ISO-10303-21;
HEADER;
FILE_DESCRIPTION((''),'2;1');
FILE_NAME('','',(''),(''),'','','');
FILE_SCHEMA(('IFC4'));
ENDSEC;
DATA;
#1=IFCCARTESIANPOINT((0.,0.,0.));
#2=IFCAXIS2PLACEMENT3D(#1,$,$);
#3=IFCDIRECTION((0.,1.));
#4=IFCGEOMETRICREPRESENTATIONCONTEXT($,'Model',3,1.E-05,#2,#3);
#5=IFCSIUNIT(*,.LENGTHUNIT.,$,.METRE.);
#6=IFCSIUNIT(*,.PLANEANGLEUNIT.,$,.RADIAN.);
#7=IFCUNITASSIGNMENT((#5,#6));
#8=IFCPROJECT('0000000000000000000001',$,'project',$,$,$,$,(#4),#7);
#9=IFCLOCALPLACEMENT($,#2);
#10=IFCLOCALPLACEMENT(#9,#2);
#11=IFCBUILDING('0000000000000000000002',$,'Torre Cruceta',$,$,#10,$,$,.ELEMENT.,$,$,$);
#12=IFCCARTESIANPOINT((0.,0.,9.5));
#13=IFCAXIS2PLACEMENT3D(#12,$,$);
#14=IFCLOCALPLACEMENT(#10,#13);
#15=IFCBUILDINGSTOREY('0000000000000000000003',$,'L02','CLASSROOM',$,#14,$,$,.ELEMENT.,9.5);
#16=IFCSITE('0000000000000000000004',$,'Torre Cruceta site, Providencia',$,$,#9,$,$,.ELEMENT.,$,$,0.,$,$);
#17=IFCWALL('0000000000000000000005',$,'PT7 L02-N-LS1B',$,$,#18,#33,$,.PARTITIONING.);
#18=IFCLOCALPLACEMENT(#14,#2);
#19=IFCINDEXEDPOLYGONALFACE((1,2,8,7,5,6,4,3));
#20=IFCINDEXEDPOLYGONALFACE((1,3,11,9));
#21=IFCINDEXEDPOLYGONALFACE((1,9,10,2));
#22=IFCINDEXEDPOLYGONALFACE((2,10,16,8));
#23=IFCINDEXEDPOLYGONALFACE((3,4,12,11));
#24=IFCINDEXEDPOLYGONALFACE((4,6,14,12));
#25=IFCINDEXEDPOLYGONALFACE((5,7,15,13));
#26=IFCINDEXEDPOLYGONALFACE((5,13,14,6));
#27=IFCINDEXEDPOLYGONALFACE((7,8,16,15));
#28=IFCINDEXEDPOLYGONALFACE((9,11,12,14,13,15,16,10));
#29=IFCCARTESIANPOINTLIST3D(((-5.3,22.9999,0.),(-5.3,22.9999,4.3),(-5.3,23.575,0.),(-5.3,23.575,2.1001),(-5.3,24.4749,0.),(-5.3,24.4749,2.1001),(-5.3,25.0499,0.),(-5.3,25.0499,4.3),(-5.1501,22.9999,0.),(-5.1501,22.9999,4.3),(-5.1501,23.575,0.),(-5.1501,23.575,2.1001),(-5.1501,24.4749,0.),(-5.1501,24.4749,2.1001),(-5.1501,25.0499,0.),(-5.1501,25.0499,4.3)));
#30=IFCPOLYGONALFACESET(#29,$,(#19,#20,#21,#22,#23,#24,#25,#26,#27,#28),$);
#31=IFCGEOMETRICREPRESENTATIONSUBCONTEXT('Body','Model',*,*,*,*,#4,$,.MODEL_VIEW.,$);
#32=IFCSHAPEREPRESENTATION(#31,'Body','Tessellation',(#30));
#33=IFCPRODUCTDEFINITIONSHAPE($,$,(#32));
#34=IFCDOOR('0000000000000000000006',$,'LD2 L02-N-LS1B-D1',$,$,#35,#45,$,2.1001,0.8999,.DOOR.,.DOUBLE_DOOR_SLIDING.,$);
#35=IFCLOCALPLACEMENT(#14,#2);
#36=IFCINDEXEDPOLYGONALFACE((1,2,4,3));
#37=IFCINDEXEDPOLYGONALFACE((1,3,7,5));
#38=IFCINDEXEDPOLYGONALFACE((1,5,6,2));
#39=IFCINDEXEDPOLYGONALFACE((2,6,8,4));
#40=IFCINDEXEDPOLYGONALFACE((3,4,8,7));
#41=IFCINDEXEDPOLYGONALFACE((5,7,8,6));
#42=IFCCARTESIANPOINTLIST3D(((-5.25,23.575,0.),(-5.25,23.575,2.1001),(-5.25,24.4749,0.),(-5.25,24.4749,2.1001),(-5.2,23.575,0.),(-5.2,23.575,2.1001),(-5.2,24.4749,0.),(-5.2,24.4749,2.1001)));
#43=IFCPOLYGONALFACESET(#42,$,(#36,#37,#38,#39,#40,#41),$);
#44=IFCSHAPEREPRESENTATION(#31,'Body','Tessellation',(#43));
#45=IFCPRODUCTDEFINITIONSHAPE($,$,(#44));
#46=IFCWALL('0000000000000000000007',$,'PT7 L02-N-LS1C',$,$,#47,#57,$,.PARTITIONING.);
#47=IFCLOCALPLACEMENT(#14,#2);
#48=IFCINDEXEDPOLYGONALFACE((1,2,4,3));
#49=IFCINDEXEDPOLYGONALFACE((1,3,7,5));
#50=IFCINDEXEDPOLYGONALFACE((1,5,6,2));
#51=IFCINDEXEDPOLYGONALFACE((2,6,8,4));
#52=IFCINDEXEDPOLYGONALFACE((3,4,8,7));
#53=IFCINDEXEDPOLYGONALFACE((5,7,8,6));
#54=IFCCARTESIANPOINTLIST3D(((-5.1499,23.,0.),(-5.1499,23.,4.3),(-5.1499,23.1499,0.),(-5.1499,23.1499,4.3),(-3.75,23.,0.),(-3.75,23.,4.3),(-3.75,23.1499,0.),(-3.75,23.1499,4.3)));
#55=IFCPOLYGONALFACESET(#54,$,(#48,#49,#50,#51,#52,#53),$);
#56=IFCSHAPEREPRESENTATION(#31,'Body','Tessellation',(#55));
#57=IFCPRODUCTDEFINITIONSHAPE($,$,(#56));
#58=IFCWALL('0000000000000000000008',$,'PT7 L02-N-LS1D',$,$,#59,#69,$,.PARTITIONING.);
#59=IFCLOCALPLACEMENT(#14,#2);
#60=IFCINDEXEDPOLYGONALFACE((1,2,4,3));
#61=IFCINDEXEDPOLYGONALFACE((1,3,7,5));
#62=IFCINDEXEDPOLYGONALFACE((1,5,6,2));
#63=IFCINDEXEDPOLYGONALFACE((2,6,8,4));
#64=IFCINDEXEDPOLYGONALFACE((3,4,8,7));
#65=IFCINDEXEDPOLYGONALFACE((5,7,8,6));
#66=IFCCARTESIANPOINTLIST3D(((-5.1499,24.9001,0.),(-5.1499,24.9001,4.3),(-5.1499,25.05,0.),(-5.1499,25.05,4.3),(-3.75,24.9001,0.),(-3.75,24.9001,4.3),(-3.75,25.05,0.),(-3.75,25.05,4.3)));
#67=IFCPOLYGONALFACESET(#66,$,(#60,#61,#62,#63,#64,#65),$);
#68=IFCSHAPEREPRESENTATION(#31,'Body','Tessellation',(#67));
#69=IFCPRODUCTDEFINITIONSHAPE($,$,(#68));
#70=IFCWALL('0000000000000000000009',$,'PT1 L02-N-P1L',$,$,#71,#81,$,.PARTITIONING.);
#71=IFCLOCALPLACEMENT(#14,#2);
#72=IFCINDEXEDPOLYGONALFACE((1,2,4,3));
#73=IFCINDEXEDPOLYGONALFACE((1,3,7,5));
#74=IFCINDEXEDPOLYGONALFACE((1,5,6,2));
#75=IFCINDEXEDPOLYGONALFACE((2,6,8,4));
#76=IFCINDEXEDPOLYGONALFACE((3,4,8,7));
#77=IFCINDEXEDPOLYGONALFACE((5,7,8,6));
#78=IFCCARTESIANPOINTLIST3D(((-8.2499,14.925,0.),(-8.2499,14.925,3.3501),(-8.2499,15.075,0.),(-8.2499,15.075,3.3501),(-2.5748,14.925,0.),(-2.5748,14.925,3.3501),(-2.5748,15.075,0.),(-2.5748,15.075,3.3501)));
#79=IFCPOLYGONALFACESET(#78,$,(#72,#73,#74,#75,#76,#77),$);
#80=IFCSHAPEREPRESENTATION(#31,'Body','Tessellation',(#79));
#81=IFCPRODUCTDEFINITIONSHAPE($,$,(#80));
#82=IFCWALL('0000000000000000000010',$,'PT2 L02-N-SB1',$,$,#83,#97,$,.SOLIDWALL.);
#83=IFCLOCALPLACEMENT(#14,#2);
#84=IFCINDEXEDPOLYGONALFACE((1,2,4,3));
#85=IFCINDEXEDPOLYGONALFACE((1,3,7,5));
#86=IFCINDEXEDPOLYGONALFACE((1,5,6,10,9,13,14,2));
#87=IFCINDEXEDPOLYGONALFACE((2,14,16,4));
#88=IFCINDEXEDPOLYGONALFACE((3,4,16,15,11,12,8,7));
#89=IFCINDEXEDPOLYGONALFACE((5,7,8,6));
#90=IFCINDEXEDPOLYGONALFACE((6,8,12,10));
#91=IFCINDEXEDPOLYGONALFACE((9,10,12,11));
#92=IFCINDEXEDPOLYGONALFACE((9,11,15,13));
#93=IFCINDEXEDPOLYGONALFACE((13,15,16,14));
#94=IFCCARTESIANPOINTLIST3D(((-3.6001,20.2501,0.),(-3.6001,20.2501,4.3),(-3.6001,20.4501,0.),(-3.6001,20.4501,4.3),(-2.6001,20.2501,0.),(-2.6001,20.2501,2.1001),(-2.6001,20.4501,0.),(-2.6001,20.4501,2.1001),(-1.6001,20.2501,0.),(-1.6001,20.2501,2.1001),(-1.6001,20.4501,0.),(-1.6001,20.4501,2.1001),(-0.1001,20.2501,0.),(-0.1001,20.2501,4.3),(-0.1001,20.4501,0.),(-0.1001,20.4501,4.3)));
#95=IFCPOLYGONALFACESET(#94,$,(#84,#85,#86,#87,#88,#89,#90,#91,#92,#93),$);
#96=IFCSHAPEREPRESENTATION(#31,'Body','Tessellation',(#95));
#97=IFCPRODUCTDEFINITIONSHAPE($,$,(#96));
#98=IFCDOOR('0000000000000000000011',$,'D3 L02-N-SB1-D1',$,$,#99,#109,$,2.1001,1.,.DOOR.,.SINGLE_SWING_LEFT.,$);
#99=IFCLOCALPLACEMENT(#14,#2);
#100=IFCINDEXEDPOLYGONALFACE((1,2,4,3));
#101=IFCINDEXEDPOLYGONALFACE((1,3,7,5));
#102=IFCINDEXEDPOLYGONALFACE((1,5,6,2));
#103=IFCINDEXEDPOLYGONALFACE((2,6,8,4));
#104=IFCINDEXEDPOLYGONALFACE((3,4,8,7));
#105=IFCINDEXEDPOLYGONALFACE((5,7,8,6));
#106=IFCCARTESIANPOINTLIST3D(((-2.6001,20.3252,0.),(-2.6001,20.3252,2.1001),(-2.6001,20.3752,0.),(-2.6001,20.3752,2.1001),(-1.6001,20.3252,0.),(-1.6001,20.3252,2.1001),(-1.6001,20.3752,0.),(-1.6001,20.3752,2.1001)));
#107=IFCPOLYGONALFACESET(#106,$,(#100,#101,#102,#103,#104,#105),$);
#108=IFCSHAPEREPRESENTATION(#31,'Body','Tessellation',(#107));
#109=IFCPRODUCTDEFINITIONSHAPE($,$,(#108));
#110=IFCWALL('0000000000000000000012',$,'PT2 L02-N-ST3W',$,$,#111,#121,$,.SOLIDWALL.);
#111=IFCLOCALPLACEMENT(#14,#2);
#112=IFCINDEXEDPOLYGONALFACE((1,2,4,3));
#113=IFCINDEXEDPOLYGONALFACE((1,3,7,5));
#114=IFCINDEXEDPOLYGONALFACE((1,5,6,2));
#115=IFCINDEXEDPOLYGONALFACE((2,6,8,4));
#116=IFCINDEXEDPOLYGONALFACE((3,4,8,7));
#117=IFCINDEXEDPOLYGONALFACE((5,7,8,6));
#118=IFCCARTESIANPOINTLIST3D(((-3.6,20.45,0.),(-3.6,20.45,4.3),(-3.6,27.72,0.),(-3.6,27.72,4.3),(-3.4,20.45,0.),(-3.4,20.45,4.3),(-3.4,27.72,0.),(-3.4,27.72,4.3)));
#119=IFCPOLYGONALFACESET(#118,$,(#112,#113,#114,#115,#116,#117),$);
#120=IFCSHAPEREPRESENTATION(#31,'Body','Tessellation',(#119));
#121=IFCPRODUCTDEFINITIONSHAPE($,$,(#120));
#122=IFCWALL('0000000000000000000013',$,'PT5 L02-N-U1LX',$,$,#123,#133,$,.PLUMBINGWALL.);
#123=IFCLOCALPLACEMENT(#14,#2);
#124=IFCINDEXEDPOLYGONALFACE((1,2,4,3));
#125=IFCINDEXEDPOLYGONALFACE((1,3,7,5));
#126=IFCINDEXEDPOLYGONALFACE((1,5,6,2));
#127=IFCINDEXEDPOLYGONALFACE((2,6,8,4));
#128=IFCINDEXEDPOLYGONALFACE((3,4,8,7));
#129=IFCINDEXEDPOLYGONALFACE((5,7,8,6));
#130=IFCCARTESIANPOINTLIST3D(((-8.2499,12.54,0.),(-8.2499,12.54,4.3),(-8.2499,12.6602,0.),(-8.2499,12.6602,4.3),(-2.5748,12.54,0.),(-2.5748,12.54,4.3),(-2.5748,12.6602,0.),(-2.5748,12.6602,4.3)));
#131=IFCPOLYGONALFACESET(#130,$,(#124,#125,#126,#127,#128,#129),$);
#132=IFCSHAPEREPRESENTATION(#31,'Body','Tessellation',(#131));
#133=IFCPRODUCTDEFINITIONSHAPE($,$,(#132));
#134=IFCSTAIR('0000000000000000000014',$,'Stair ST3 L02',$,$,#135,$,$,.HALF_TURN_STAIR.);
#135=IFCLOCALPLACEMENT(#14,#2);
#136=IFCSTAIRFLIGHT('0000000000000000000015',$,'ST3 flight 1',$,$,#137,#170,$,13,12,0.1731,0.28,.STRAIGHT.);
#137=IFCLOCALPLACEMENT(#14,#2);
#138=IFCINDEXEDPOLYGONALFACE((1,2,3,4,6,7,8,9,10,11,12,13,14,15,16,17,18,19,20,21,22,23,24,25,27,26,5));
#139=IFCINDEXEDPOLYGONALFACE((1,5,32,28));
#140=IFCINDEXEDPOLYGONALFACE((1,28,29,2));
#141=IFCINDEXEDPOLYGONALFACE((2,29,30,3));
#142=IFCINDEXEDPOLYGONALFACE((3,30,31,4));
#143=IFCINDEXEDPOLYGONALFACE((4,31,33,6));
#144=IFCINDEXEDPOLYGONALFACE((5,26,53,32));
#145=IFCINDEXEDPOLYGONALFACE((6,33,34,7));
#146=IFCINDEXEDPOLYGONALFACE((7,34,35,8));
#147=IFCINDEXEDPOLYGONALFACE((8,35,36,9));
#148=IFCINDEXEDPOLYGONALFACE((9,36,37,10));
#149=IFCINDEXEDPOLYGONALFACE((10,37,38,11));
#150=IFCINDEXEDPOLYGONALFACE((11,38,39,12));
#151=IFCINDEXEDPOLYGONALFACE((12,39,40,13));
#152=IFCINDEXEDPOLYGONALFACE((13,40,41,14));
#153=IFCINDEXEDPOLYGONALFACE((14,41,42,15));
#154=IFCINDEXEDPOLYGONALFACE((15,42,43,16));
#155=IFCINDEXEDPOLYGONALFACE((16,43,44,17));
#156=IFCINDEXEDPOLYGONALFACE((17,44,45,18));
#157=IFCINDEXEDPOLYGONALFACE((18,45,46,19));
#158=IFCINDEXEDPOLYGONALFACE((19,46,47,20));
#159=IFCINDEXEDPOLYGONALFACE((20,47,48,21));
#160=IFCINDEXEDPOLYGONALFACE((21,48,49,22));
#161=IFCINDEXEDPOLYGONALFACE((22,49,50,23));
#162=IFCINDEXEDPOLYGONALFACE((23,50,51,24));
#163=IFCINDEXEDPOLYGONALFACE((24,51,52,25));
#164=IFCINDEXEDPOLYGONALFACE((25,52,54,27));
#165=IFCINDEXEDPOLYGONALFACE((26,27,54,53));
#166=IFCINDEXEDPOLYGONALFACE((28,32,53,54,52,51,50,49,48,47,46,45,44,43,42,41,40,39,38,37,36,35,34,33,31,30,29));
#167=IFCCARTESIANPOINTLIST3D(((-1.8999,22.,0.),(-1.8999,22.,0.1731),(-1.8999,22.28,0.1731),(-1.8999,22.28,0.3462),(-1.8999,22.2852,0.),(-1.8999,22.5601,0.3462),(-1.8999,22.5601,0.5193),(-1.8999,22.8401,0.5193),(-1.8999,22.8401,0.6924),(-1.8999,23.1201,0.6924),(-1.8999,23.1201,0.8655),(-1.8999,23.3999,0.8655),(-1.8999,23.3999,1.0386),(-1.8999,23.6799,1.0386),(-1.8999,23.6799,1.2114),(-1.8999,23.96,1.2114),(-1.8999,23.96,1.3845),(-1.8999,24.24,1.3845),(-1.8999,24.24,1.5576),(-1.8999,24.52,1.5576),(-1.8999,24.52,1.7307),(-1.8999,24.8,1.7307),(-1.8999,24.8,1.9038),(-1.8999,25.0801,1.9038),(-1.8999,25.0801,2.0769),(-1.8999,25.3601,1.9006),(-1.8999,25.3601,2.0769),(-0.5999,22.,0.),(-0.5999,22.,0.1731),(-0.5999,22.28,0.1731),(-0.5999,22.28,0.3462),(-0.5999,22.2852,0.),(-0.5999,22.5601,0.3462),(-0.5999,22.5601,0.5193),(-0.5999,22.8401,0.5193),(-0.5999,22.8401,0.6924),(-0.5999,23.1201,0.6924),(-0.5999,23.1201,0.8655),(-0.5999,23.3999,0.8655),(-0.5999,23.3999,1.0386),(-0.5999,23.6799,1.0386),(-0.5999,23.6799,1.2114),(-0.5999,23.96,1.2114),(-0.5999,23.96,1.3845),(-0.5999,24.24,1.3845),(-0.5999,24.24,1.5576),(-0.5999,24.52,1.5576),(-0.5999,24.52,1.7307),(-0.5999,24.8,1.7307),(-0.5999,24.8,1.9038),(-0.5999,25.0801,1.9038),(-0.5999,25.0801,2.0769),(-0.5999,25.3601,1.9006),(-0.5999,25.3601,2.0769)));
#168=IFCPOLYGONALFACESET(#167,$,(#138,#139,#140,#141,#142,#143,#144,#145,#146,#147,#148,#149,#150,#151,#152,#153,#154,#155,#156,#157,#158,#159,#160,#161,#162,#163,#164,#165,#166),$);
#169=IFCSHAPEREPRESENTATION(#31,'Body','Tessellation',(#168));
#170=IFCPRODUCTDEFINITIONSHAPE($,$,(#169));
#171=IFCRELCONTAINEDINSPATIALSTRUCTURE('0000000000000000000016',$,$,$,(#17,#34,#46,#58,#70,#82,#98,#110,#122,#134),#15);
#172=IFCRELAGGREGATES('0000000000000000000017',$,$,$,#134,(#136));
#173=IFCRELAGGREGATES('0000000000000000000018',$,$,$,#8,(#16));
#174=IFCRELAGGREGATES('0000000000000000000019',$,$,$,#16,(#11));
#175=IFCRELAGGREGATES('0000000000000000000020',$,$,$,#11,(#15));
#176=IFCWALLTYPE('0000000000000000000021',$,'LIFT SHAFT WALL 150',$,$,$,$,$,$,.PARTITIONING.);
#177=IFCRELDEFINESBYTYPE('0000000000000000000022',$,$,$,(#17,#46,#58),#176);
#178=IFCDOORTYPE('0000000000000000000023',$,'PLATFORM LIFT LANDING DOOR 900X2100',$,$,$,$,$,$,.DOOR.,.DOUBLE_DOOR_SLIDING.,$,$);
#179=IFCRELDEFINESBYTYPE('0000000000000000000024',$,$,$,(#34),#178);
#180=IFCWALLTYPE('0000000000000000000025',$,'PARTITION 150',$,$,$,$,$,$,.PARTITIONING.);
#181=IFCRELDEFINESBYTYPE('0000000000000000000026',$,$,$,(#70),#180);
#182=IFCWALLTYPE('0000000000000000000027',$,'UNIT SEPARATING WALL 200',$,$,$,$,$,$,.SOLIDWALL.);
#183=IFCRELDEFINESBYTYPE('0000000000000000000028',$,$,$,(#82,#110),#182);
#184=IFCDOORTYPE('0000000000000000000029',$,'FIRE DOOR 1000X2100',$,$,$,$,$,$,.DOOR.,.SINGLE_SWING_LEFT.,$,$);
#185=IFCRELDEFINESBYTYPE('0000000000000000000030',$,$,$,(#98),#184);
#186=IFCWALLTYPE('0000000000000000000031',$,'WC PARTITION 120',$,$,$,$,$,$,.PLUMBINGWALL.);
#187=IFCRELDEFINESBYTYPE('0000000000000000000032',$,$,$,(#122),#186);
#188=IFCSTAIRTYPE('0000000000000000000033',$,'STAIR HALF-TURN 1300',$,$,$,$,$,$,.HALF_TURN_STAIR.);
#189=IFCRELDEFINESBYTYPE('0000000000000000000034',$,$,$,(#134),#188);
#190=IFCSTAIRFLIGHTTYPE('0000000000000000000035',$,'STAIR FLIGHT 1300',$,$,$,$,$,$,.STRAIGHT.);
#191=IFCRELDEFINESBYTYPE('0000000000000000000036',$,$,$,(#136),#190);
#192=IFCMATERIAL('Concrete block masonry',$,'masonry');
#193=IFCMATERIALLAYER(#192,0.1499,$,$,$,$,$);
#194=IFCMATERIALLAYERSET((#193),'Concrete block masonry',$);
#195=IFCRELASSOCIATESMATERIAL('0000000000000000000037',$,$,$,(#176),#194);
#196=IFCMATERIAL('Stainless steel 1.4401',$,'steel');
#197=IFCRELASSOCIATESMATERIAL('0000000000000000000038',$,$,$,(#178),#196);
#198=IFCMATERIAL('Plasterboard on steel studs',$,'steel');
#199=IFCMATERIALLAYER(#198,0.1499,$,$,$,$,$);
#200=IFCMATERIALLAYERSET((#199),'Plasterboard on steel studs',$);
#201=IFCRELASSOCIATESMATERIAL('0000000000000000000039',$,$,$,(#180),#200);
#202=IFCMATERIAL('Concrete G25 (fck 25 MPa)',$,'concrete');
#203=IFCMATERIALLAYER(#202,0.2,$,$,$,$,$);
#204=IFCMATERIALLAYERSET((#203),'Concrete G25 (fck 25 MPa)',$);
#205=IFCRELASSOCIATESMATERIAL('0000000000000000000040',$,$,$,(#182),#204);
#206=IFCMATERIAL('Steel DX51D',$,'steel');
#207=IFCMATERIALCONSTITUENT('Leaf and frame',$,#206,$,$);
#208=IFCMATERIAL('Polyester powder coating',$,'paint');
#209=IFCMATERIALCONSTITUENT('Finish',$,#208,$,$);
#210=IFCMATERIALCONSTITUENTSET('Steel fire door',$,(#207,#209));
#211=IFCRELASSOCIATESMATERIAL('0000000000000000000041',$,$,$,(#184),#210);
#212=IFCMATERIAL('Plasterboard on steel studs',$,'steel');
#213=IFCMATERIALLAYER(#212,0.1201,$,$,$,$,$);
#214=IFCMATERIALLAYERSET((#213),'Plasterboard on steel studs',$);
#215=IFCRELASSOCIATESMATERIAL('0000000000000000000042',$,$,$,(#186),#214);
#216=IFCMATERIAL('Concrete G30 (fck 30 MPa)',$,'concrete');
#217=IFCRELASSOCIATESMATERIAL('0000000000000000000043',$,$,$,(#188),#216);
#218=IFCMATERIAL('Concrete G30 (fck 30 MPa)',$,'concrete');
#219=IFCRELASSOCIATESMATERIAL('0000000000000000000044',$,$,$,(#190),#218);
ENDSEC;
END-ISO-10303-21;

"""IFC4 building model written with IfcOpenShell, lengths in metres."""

from ifc_helpers import new_model, si_unit, direction, frame, frame_2d, origin, place, context, subcontext, project, spatial, polyline, rectangle, outline, extrude, material, layer, layer_set, constituent, constituent_set, type_object, element, fill, aggregate, save


model = new_model("IFC4")

# Units and contexts
model_context = context("Model", 3, precision=1e-05, world=origin(), true_north=direction((0.0, 1.0)))
body_context = subcontext(model_context, "Body", "Model", "MODEL_VIEW")
ifc_project = project(units=[si_unit("LENGTHUNIT", "METRE"), si_unit("PLANEANGLEUNIT", "RADIAN")], contexts=[model_context])

# Site, building, storey
site_placement = place(None, origin())
site = spatial("IfcSite", under=ifc_project, at=site_placement, Name="Torre Cruceta site, Providencia", CompositionType="ELEMENT", RefElevation=0.0)
building_placement = place(site_placement, origin())
building = spatial("IfcBuilding", under=site, at=building_placement, Name="Torre Cruceta", CompositionType="ELEMENT")
storey_placement = place(building_placement, frame((0.0, 0.0, 9.5)))
storey = spatial("IfcBuildingStorey", under=building, at=storey_placement, Name="L02", Description="CLASSROOM", CompositionType="ELEMENT", Elevation=9.5)

# Shared definitions
ifc_material_1 = material(Name="Concrete block masonry", Category="masonry")
ifc_layer_1 = layer(ifc_material_1, 0.1499)
ifc_layer_set_1 = layer_set([ifc_layer_1], Name="Concrete block masonry")
wall_type_1 = type_object("IfcWallType", Name="LIFT SHAFT WALL 150", PredefinedType="PARTITIONING", material=ifc_layer_set_1)

# Wall, opening, door
wall_1_placement = place(storey_placement, frame((-5.2251, 23.0, 0.0), z_axis=(0.0, 0.0, 1.0), x_axis=(0.0, 1.0, 0.0)))
wall_1 = element("IfcWall", 1, at=wall_1_placement, inside=storey, type_object=wall_type_1, Name="PT7 L02-N-LS1B", PredefinedType="PARTITIONING", context=body_context, shape_type="SweptSolid", body=[
    extrude(rectangle(XDim=2.05, YDim=0.1499, at=frame_2d((1.0249, 0.0))), origin(), (0.0, 0.0, 1.0), 4.3),
])
opening_1_placement = place(wall_1_placement, frame((0.575, 0.0, 0.0)))
opening_1 = element("IfcOpeningElement", 2, at=opening_1_placement, cuts=wall_1, PredefinedType="OPENING", context=body_context, shape_type="SweptSolid", body=[
    extrude(rectangle(XDim=0.8999, YDim=2.1001, at=frame_2d((0.45, 1.05))), frame((0.0, 0.085, 0.0), z_axis=(0.0, -1.0, 0.0), x_axis=(1.0, 0.0, 0.0)), (0.0, 0.0, 1.0), 0.1699),
])
ifc_material_2 = material(Name="Stainless steel 1.4401", Category="steel")
door_type_1 = type_object("IfcDoorType", Name="PLATFORM LIFT LANDING DOOR 900X2100", OperationType="DOUBLE_DOOR_SLIDING", PredefinedType="DOOR", material=ifc_material_2)
door_1_placement = place(opening_1_placement, origin())
door_1 = element("IfcDoor", 3, at=door_1_placement, inside=storey, type_object=door_type_1, Name="LD2 L02-N-LS1B-D1", OperationType="DOUBLE_DOOR_SLIDING", OverallHeight=2.1001, OverallWidth=0.8999, PredefinedType="DOOR", context=body_context, shape_type="SweptSolid", body=[
    extrude(rectangle(XDim=0.8999, YDim=2.1001, at=frame_2d((0.45, 1.05))), frame((0.0, 0.0249, 0.0), z_axis=(0.0, -1.0, 0.0), x_axis=(1.0, 0.0, 0.0)), (0.0, 0.0, 1.0), 0.05),
])
fill(opening_1, door_1)

# Walls
for number, where, z_axis, x_axis, name in (
    (4, (-3.75, 23.075, 0.0), (0.0, 0.0, 1.0), (-1.0, 0.0, 0.0), "PT7 L02-N-LS1C"),
    (5, (-3.75, 24.9751, 0.0), (0.0, 0.0, 1.0), (-1.0, 0.0, 0.0), "PT7 L02-N-LS1D"),
):
    element("IfcWall", number, at=place(storey_placement, frame(where, z_axis=z_axis, x_axis=x_axis)), inside=storey, type_object=wall_type_1, Name=name, PredefinedType="PARTITIONING", context=body_context, shape_type="SweptSolid", body=[
        extrude(rectangle(XDim=1.3999, YDim=0.1499, at=frame_2d((0.7, 0.0))), origin(), (0.0, 0.0, 1.0), 4.3),
    ])
ifc_material_3 = material(Name="Plasterboard on steel studs", Category="steel")
ifc_layer_2 = layer(ifc_material_3, 0.1499)
ifc_layer_set_2 = layer_set([ifc_layer_2], Name="Plasterboard on steel studs")
wall_type_2 = type_object("IfcWallType", Name="PARTITION 150", PredefinedType="PARTITIONING", material=ifc_layer_set_2)
wall_2_placement = place(storey_placement, frame((-2.575, 15.0, 0.0), z_axis=(0.0, 0.0, 1.0), x_axis=(-1.0, 0.0, 0.0)))
element("IfcWall", 6, at=wall_2_placement, inside=storey, type_object=wall_type_2, Name="PT1 L02-N-P1L", PredefinedType="PARTITIONING", context=body_context, shape_type="SweptSolid", body=[
    extrude(rectangle(XDim=5.675, YDim=0.1499, at=frame_2d((2.8374, 0.0))), origin(), (0.0, 0.0, 1.0), 3.3501),
])

# Wall, opening, door
ifc_material_4 = material(Name="Concrete G25 (fck 25 MPa)", Category="concrete")
ifc_layer_3 = layer(ifc_material_4, 0.2)
ifc_layer_set_3 = layer_set([ifc_layer_3], Name="Concrete G25 (fck 25 MPa)")
wall_type_3 = type_object("IfcWallType", Name="UNIT SEPARATING WALL 200", PredefinedType="SOLIDWALL", material=ifc_layer_set_3)
wall_3_placement = place(storey_placement, frame((-0.1001, 20.3501, 0.0), z_axis=(0.0, 0.0, 1.0), x_axis=(-1.0, 0.0, 0.0)))
wall_3 = element("IfcWall", 7, at=wall_3_placement, inside=storey, type_object=wall_type_3, Name="PT2 L02-N-SB1", PredefinedType="SOLIDWALL", context=body_context, shape_type="SweptSolid", body=[
    extrude(rectangle(XDim=3.5, YDim=0.2, at=frame_2d((1.75, 0.0))), origin(), (0.0, 0.0, 1.0), 4.3),
])
opening_2_placement = place(wall_3_placement, frame((1.5, 0.0, 0.0)))
opening_2 = element("IfcOpeningElement", 8, at=opening_2_placement, cuts=wall_3, PredefinedType="OPENING", context=body_context, shape_type="SweptSolid", body=[
    extrude(rectangle(XDim=1.0, YDim=2.1001, at=frame_2d((0.5, 1.05))), frame((0.0, 0.1099, 0.0), z_axis=(0.0, -1.0, 0.0), x_axis=(1.0, 0.0, 0.0)), (0.0, 0.0, 1.0), 0.22),
])
ifc_material_5 = material(Name="Steel DX51D", Category="steel")
ifc_constituent_1 = constituent(ifc_material_5, Name="Leaf and frame")
ifc_material_6 = material(Name="Polyester powder coating", Category="paint")
ifc_constituent_2 = constituent(ifc_material_6, Name="Finish")
ifc_constituent_set_1 = constituent_set(constituents=[ifc_constituent_1, ifc_constituent_2], Name="Steel fire door")
door_type_2 = type_object("IfcDoorType", Name="FIRE DOOR 1000X2100", OperationType="SINGLE_SWING_LEFT", PredefinedType="DOOR", material=ifc_constituent_set_1)
door_2_placement = place(opening_2_placement, frame((1.0, 0.0, 0.0), z_axis=(0.0, 0.0, 1.0), x_axis=(-1.0, 0.0, 0.0)))
door_2 = element("IfcDoor", 9, at=door_2_placement, inside=storey, type_object=door_type_2, Name="D3 L02-N-SB1-D1", OperationType="SINGLE_SWING_LEFT", OverallHeight=2.1001, OverallWidth=1.0, PredefinedType="DOOR", context=body_context, shape_type="SweptSolid", body=[
    extrude(rectangle(XDim=1.0, YDim=2.1001, at=frame_2d((0.5, 1.05))), frame((0.0, 0.0251, 0.0), z_axis=(0.0, -1.0, 0.0), x_axis=(1.0, 0.0, 0.0)), (0.0, 0.0, 1.0), 0.05),
])
fill(opening_2, door_2)

# Walls
wall_4_placement = place(storey_placement, frame((-3.5, 20.45, 0.0), z_axis=(0.0, 0.0, 1.0), x_axis=(0.0, 1.0, 0.0)))
element("IfcWall", 10, at=wall_4_placement, inside=storey, type_object=wall_type_3, Name="PT2 L02-N-ST3W", PredefinedType="SOLIDWALL", context=body_context, shape_type="SweptSolid", body=[
    extrude(rectangle(XDim=7.27, YDim=0.2, at=frame_2d((3.635, 0.0))), origin(), (0.0, 0.0, 1.0), 4.3),
])
ifc_material_7 = material(Name="Plasterboard on steel studs", Category="steel")
ifc_layer_4 = layer(ifc_material_7, 0.1201)
ifc_layer_set_4 = layer_set([ifc_layer_4], Name="Plasterboard on steel studs")
wall_type_4 = type_object("IfcWallType", Name="WC PARTITION 120", PredefinedType="PLUMBINGWALL", material=ifc_layer_set_4)
wall_5_placement = place(storey_placement, frame((-2.575, 12.6001, 0.0), z_axis=(0.0, 0.0, 1.0), x_axis=(-1.0, 0.0, 0.0)))
element("IfcWall", 11, at=wall_5_placement, inside=storey, type_object=wall_type_4, Name="PT5 L02-N-U1LX", PredefinedType="PLUMBINGWALL", context=body_context, shape_type="SweptSolid", body=[
    extrude(rectangle(XDim=5.675, YDim=0.1201, at=frame_2d((2.8374, 0.0))), origin(), (0.0, 0.0, 1.0), 4.3),
])

# Stair, stair flight
ifc_material_8 = material(Name="Concrete G30 (fck 30 MPa)", Category="concrete")
stair_type = type_object("IfcStairType", Name="STAIR HALF-TURN 1300", PredefinedType="HALF_TURN_STAIR", material=ifc_material_8)
stair_placement = place(storey_placement, origin())
stair = element("IfcStair", 12, at=stair_placement, inside=storey, type_object=stair_type, Name="Stair ST3 L02", PredefinedType="HALF_TURN_STAIR")
ifc_material_9 = material(Name="Concrete G30 (fck 30 MPa)", Category="concrete")
stair_flight_type = type_object("IfcStairFlightType", Name="STAIR FLIGHT 1300", PredefinedType="STRAIGHT", material=ifc_material_9)
stair_flight_1_placement = place(storey_placement, frame((-1.25, 22.0, 0.0), z_axis=(0.0, 0.0, 1.0), x_axis=(0.0, 1.0, 0.0)))
stair_flight_1 = element("IfcStairFlight", 13, at=stair_flight_1_placement, type_object=stair_flight_type, Name="ST3 flight 1", NumberOfRisers=13, NumberOfTreads=12, PredefinedType="STRAIGHT", RiserHeight=0.1731, TreadLength=0.28, context=body_context, shape_type="SweptSolid", body=[
    extrude(outline(polyline([(0.0, 0.0), (0.0, 0.1731), (0.28, 0.1731), (0.28, 0.3462), (0.5601, 0.3462), (0.5601, 0.5193), (0.8401, 0.5193), (0.8401, 0.6924), (1.1201, 0.6924), (1.1201, 0.8655), (1.3999, 0.8655), (1.3999, 1.0386), (1.6799, 1.0386), (1.6799, 1.2114), (1.96, 1.2114), (1.96, 1.3845), (2.24, 1.3845), (2.24, 1.5576), (2.52, 1.5576), (2.52, 1.7307), (2.8, 1.7307), (2.8, 1.9038), (3.0801, 1.9038), (3.0801, 2.0769), (3.3601, 2.0769), (3.3601, 2.25), (3.3601, 1.9006), (0.2852, 0.0), (0.0, 0.0)])), frame((0.0, 0.6499, 0.0), z_axis=(0.0, -1.0, 0.0), x_axis=(1.0, 0.0, 0.0)), (0.0, 0.0, 1.0), 1.3),
])
aggregate(stair, [stair_flight_1])

save(model, "model.ifc")
